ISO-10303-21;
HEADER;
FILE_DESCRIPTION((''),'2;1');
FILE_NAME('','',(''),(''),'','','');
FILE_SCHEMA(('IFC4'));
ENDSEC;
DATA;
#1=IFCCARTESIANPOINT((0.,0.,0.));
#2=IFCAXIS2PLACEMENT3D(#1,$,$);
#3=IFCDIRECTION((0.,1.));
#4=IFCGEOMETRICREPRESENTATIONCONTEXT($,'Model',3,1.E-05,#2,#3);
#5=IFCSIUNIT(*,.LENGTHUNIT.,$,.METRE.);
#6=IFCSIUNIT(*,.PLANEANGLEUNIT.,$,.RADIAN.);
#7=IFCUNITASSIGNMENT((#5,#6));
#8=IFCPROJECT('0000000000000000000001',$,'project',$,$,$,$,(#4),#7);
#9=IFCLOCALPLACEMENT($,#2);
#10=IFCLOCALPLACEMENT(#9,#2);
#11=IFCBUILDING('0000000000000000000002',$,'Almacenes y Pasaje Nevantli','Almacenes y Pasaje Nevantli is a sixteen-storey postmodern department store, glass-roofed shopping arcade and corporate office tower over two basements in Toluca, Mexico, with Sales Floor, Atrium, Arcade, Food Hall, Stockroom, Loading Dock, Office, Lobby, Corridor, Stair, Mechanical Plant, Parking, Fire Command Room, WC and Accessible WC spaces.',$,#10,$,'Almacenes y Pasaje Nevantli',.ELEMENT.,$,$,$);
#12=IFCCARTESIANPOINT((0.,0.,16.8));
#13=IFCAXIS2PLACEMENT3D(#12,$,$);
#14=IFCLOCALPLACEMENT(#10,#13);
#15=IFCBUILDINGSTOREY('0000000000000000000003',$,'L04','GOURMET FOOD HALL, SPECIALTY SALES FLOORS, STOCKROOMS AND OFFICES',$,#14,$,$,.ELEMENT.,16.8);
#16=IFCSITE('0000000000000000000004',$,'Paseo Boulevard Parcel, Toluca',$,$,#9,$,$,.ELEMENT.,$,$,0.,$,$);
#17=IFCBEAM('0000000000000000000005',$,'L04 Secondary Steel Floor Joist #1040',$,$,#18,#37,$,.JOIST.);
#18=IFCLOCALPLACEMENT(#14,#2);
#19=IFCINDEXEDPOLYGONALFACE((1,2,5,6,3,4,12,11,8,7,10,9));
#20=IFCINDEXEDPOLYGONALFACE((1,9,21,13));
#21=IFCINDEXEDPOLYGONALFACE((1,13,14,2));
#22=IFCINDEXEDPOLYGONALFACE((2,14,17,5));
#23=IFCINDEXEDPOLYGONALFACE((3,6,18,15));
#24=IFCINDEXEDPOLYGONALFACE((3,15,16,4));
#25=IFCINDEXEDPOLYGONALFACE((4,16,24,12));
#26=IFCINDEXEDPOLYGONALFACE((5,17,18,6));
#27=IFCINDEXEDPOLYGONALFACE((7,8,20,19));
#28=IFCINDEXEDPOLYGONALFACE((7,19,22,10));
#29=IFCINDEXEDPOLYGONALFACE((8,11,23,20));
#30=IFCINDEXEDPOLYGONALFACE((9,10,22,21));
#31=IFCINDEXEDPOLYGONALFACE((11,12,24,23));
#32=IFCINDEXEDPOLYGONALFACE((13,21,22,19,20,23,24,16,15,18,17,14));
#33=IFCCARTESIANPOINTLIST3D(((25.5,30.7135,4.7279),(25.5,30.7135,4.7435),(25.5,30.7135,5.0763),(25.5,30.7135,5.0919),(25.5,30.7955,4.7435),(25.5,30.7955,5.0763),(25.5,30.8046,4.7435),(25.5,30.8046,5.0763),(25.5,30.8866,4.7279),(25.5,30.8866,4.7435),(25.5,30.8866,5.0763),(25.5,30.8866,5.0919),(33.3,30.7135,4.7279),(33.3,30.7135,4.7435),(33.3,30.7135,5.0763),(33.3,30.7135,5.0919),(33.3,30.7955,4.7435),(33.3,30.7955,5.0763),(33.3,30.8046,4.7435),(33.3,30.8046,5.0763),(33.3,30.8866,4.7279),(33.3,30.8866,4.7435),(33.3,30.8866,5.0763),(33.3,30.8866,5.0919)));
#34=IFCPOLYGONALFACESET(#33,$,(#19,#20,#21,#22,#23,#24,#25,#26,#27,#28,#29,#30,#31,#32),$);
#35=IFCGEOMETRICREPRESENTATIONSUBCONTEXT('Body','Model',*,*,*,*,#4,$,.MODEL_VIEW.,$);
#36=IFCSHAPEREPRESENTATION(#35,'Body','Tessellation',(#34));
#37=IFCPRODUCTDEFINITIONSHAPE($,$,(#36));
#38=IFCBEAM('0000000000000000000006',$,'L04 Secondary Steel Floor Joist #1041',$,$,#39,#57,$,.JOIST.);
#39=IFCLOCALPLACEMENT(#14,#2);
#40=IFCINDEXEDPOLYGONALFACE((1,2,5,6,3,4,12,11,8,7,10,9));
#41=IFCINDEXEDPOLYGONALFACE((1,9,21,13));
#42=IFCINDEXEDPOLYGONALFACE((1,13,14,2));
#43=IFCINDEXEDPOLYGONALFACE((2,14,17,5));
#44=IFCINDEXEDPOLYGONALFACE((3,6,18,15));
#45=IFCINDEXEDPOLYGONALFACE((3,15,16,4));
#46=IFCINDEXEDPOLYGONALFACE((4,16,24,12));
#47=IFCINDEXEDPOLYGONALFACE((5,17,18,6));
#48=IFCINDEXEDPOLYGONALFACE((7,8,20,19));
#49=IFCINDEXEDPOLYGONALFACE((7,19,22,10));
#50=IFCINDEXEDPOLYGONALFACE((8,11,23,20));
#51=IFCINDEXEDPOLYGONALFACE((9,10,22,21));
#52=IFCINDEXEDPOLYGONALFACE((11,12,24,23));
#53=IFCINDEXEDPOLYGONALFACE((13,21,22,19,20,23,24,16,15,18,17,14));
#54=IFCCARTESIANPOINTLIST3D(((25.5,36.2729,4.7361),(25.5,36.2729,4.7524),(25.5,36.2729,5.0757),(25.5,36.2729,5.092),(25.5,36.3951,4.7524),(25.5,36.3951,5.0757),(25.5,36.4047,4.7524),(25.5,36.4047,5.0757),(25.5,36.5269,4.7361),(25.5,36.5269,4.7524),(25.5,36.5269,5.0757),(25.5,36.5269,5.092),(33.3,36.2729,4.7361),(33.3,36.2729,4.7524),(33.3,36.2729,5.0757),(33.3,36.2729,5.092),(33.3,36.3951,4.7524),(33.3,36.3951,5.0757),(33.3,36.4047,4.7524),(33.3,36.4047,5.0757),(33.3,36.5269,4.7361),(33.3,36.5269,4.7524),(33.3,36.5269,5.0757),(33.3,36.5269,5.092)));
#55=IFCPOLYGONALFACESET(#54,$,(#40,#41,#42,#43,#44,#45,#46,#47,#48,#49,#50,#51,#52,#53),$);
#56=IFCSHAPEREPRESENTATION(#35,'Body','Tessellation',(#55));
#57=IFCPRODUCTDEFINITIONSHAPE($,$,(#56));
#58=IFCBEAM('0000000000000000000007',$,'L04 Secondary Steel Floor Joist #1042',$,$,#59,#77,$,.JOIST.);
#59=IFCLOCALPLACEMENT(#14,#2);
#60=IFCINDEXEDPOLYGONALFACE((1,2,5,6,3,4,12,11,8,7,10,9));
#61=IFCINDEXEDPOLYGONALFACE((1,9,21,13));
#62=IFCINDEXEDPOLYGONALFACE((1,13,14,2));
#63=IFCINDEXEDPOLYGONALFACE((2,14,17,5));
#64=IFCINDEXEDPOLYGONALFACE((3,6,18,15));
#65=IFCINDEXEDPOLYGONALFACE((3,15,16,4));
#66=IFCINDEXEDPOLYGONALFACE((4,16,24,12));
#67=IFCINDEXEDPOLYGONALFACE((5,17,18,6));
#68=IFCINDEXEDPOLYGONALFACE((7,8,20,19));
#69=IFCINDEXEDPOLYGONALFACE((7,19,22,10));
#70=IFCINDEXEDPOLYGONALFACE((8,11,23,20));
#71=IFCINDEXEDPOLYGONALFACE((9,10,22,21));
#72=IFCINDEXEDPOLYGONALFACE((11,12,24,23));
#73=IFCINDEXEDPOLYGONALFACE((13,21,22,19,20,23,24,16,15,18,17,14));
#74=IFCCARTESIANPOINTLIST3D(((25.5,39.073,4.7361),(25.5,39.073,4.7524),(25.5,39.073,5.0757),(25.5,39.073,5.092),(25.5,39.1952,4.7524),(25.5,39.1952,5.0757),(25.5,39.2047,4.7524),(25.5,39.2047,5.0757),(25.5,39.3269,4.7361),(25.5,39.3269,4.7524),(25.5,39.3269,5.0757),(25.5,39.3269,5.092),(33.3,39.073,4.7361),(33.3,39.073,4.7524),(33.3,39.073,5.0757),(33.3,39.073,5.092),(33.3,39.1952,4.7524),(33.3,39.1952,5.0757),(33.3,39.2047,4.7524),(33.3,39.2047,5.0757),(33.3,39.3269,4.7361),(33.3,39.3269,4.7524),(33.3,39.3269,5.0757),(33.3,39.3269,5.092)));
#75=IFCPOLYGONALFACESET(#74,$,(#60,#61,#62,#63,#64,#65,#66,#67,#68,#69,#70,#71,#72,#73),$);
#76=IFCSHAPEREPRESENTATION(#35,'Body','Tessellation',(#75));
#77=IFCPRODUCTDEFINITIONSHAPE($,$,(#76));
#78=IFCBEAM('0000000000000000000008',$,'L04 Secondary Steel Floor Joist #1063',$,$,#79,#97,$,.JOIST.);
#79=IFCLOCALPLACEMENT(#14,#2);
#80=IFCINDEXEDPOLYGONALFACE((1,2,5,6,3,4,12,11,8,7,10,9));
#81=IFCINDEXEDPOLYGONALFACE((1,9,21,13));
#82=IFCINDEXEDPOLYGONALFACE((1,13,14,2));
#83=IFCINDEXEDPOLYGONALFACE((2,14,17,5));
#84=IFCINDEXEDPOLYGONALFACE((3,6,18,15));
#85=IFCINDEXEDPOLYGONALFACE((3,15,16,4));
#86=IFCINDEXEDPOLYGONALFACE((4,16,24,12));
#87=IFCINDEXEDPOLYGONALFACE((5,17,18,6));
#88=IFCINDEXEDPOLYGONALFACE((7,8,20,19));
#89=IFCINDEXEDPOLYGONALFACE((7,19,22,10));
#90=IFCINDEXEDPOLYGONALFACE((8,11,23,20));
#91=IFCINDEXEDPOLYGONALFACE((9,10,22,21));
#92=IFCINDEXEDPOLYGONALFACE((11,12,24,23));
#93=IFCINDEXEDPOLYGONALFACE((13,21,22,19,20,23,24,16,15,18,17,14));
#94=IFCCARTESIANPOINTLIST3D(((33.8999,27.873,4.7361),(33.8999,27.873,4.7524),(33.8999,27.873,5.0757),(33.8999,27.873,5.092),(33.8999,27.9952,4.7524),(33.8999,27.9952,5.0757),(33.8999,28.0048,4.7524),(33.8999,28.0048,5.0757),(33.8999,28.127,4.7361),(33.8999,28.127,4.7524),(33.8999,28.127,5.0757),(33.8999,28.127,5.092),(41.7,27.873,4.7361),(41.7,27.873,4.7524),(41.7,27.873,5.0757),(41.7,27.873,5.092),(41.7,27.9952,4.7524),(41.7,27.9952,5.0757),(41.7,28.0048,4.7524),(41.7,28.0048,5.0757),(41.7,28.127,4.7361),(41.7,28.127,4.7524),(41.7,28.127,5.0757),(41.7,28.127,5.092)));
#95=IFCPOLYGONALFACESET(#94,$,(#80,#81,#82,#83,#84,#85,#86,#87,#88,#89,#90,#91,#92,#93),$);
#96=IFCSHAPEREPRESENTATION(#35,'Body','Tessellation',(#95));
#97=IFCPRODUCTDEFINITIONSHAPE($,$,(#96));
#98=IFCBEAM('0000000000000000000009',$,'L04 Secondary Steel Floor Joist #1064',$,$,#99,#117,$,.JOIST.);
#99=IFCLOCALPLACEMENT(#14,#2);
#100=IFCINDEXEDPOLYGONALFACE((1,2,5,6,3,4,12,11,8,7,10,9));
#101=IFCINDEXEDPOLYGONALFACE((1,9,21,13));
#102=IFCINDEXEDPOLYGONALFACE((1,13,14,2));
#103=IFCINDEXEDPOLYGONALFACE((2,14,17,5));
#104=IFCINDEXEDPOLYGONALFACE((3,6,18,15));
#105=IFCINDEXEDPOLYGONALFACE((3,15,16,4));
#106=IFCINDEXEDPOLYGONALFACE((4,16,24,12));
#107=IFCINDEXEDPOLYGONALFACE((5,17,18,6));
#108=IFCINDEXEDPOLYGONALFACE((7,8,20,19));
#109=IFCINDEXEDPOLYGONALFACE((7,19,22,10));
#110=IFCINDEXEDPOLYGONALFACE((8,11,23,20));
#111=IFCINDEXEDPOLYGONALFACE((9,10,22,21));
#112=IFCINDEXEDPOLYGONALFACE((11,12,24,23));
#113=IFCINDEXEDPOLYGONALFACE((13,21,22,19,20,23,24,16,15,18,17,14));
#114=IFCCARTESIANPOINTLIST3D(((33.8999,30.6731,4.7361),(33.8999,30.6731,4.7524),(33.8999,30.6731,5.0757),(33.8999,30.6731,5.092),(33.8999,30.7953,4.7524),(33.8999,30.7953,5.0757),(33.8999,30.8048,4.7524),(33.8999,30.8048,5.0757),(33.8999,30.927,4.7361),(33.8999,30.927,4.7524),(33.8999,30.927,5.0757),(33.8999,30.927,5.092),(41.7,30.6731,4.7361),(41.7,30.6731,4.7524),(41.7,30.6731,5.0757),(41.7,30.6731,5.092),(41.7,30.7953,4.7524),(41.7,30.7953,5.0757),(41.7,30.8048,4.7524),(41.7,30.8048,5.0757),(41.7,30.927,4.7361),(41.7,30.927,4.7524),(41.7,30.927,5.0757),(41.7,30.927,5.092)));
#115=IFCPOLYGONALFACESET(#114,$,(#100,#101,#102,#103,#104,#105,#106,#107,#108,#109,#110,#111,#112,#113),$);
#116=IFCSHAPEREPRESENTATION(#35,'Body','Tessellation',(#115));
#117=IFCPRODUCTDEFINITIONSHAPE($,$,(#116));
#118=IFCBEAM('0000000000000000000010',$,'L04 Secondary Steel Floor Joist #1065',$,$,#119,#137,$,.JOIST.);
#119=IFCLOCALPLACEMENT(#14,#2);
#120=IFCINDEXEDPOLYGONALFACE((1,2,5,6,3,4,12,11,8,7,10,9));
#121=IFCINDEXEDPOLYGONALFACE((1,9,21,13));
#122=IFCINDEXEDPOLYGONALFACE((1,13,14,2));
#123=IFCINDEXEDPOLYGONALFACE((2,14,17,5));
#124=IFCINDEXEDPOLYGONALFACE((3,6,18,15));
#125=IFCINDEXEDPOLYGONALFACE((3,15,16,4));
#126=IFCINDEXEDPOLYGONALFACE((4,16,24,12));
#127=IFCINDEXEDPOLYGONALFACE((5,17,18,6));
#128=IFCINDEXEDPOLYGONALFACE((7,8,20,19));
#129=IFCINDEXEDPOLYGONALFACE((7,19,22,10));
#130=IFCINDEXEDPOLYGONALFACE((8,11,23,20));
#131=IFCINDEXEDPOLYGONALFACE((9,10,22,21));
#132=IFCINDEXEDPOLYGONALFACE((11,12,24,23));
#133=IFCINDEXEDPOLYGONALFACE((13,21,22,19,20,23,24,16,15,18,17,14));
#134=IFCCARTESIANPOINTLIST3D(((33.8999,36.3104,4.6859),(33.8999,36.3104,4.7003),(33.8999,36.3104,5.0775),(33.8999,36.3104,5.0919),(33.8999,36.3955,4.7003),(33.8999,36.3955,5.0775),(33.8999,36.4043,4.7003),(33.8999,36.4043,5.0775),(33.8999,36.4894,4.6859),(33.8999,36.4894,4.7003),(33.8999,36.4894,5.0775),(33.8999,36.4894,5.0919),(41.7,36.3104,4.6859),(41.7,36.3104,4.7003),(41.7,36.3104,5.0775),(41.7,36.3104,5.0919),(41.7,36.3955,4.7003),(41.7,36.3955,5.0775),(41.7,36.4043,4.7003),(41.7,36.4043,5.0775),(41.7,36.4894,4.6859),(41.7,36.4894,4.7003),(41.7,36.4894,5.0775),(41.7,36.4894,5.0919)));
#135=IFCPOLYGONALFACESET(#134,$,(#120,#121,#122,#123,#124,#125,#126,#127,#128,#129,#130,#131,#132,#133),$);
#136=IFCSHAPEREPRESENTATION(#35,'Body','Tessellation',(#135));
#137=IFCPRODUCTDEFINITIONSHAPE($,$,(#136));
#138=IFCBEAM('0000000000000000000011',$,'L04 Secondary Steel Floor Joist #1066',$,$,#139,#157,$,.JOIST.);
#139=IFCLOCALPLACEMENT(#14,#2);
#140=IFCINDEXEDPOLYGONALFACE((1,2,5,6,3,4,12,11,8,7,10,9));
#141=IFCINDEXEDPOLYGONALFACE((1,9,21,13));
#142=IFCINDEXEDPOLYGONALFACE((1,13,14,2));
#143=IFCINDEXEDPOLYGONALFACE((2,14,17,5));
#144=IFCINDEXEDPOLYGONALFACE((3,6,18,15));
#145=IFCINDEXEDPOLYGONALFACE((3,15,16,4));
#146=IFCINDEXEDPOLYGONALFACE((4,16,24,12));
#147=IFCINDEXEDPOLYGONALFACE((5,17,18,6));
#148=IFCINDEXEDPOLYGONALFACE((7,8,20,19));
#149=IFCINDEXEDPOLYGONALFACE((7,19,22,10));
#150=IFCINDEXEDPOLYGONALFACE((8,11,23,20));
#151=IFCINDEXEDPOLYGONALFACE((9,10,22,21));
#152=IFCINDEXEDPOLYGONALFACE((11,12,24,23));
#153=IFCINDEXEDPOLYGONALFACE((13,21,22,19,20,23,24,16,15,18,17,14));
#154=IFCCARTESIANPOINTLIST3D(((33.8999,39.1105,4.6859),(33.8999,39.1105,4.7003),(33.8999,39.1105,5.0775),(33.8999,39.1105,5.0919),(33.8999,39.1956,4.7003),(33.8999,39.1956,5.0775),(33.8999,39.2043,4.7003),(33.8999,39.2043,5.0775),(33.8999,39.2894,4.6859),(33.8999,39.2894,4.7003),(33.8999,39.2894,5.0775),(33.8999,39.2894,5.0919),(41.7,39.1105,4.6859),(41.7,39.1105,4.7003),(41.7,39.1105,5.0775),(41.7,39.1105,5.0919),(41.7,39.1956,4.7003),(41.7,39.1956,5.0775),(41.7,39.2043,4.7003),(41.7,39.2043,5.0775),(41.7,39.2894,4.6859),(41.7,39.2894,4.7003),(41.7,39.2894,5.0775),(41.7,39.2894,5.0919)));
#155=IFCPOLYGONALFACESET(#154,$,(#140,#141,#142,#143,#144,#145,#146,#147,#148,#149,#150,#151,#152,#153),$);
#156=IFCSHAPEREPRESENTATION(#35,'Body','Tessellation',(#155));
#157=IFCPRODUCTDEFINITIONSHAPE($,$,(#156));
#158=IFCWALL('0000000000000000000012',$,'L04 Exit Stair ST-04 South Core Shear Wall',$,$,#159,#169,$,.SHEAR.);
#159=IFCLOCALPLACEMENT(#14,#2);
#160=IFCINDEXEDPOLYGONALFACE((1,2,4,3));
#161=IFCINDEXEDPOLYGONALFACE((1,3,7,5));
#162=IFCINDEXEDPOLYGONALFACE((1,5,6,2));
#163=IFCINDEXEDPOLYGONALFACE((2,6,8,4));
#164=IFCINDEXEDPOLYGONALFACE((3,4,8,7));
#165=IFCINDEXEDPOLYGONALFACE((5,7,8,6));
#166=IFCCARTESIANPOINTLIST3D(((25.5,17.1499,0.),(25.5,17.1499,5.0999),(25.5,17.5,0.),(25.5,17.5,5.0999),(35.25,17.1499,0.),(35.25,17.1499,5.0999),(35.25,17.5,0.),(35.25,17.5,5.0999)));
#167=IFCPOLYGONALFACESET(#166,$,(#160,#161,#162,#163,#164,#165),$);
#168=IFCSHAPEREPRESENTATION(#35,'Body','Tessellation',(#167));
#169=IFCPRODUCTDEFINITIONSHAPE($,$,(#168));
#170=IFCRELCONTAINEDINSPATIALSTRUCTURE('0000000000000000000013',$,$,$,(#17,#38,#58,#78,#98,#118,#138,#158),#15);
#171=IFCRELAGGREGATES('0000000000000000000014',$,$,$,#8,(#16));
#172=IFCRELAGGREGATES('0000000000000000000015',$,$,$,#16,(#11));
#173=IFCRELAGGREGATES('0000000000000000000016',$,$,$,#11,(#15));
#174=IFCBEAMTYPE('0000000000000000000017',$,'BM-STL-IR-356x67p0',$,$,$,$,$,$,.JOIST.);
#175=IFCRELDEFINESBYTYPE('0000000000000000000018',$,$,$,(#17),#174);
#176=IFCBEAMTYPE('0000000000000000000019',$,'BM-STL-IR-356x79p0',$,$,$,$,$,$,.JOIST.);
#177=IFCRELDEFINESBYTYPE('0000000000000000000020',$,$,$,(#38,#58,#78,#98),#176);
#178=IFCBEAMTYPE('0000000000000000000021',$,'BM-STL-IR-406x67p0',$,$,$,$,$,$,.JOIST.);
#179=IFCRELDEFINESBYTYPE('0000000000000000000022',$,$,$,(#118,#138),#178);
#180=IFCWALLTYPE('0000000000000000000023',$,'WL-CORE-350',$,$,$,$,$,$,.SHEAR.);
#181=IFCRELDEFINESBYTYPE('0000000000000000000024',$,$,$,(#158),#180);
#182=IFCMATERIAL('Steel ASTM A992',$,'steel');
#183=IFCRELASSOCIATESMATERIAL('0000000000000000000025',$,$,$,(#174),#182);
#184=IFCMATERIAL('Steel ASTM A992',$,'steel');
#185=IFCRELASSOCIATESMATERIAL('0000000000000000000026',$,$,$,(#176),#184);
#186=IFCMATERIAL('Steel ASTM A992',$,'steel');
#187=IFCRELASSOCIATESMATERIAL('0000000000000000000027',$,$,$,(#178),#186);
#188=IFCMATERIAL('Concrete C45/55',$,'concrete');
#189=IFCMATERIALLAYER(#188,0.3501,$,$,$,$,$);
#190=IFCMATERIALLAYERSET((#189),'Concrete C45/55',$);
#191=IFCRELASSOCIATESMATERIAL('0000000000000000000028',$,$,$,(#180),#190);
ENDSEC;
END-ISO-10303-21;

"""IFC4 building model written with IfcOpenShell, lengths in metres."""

from ifc_helpers import new_model, si_unit, direction, frame, frame_2d, origin, origin_2d, place, context, subcontext, project, spatial, rectangle, i_section, extrude, material, layer, layer_set, material_profile, profile_set, type_object, element, save


model = new_model("IFC4")

# Units and contexts
model_context = context("Model", 3, precision=1e-05, world=origin(), true_north=direction((0.0, 1.0)))
body_context = subcontext(model_context, "Body", "Model", "MODEL_VIEW")
ifc_project = project(units=[si_unit("LENGTHUNIT", "METRE"), si_unit("PLANEANGLEUNIT", "RADIAN")], contexts=[model_context])

# Site, building, storey
site_placement = place(None, origin())
site = spatial("IfcSite", under=ifc_project, at=site_placement, Name="Paseo Boulevard Parcel, Toluca", CompositionType="ELEMENT", RefElevation=0.0)
building_placement = place(site_placement, origin())
building = spatial("IfcBuilding", under=site, at=building_placement, Name="Almacenes y Pasaje Nevantli", Description="Almacenes y Pasaje Nevantli is a sixteen-storey postmodern department store, glass-roofed shopping arcade and corporate office tower over two basements in Toluca, Mexico, with Sales Floor, Atrium, Arcade, Food Hall, Stockroom, Loading Dock, Office, Lobby, Corridor, Stair, Mechanical Plant, Parking, Fire Command Room, WC and Accessible WC spaces.", LongName="Almacenes y Pasaje Nevantli", CompositionType="ELEMENT")
storey_placement = place(building_placement, frame((0.0, 0.0, 16.8)))
storey = spatial("IfcBuildingStorey", under=building, at=storey_placement, Name="L04", Description="GOURMET FOOD HALL, SPECIALTY SALES FLOORS, STOCKROOMS AND OFFICES", CompositionType="ELEMENT", Elevation=16.8)

# Beams
ifc_material_1 = material(Name="Steel ASTM A992", Category="steel")
ifc_material_profile_1 = material_profile(ifc_material_1, i_section(OverallWidth=0.1731, OverallDepth=0.364, WebThickness=0.009, FlangeThickness=0.0156, at=origin_2d()), Name="IR 356x67.0")
ifc_profile_set_1 = profile_set([ifc_material_profile_1], Name="Steel ASTM A992")
beam_type_1 = type_object("IfcBeamType", Name="BM-STL-IR-356x67p0", PredefinedType="JOIST", material=ifc_profile_set_1)
for number, where, z_axis, x_axis, name in (
    (1, (25.5, 30.8, 4.9099), (1.0, 0.0, 0.0), (0.0, 1.0, 0.0), "L04 Secondary Steel Floor Joist #1040"),
):
    element("IfcBeam", number, at=place(storey_placement, frame(where, z_axis=z_axis, x_axis=x_axis)), inside=storey, type_object=beam_type_1, Name=name, PredefinedType="JOIST", context=body_context, shape_type="SweptSolid", body=[
        extrude(i_section(OverallWidth=0.1731, OverallDepth=0.364, WebThickness=0.009, FlangeThickness=0.0156, at=origin_2d()), origin(), (0.0, 0.0, 1.0), 7.8),
    ])
ifc_material_2 = material(Name="Steel ASTM A992", Category="steel")
ifc_material_profile_2 = material_profile(ifc_material_2, i_section(OverallWidth=0.2539, OverallDepth=0.356, WebThickness=0.0095, FlangeThickness=0.0164, at=origin_2d()), Name="IR 356x79.0")
ifc_profile_set_2 = profile_set([ifc_material_profile_2], Name="Steel ASTM A992")
beam_type_2 = type_object("IfcBeamType", Name="BM-STL-IR-356x79p0", PredefinedType="JOIST", material=ifc_profile_set_2)
for number, where, z_axis, x_axis, name in (
    (2, (25.5, 36.3999, 4.9141), (1.0, 0.0, 0.0), (0.0, 1.0, 0.0), "L04 Secondary Steel Floor Joist #1041"),
    (3, (25.5, 39.2, 4.9141), (1.0, 0.0, 0.0), (0.0, 1.0, 0.0), "L04 Secondary Steel Floor Joist #1042"),
    (4, (33.8999, 28.0, 4.9141), (1.0, 0.0, 0.0), (0.0, 1.0, 0.0), "L04 Secondary Steel Floor Joist #1063"),
    (5, (33.8999, 30.8, 4.9141), (1.0, 0.0, 0.0), (0.0, 1.0, 0.0), "L04 Secondary Steel Floor Joist #1064"),
):
    element("IfcBeam", number, at=place(storey_placement, frame(where, z_axis=z_axis, x_axis=x_axis)), inside=storey, type_object=beam_type_2, Name=name, PredefinedType="JOIST", context=body_context, shape_type="SweptSolid", body=[
        extrude(i_section(OverallWidth=0.2539, OverallDepth=0.356, WebThickness=0.0095, FlangeThickness=0.0164, at=origin_2d()), origin(), (0.0, 0.0, 1.0), 7.8),
    ])
ifc_material_3 = material(Name="Steel ASTM A992", Category="steel")
ifc_material_profile_3 = material_profile(ifc_material_3, i_section(OverallWidth=0.179, OverallDepth=0.406, WebThickness=0.0088, FlangeThickness=0.0144, at=origin_2d()), Name="IR 406x67.0")
ifc_profile_set_3 = profile_set([ifc_material_profile_3], Name="Steel ASTM A992")
beam_type_3 = type_object("IfcBeamType", Name="BM-STL-IR-406x67p0", PredefinedType="JOIST", material=ifc_profile_set_3)
for number, where, z_axis, x_axis, name in (
    (6, (33.8999, 36.3999, 4.8889), (1.0, 0.0, 0.0), (0.0, 1.0, 0.0), "L04 Secondary Steel Floor Joist #1065"),
    (7, (33.8999, 39.2, 4.8889), (1.0, 0.0, 0.0), (0.0, 1.0, 0.0), "L04 Secondary Steel Floor Joist #1066"),
):
    element("IfcBeam", number, at=place(storey_placement, frame(where, z_axis=z_axis, x_axis=x_axis)), inside=storey, type_object=beam_type_3, Name=name, PredefinedType="JOIST", context=body_context, shape_type="SweptSolid", body=[
        extrude(i_section(OverallWidth=0.179, OverallDepth=0.406, WebThickness=0.0088, FlangeThickness=0.0144, at=origin_2d()), origin(), (0.0, 0.0, 1.0), 7.8),
    ])

# Wall
ifc_material_4 = material(Name="Concrete C45/55", Category="concrete")
ifc_layer_1 = layer(ifc_material_4, 0.3501)
ifc_layer_set_1 = layer_set([ifc_layer_1], Name="Concrete C45/55")
wall_type = type_object("IfcWallType", Name="WL-CORE-350", PredefinedType="SHEAR", material=ifc_layer_set_1)
wall_1_placement = place(storey_placement, frame((25.5, 17.325, 0.0), z_axis=(0.0, 0.0, 1.0), x_axis=(1.0, 0.0, 0.0)))
element("IfcWall", 8, at=wall_1_placement, inside=storey, type_object=wall_type, Name="L04 Exit Stair ST-04 South Core Shear Wall", PredefinedType="SHEAR", context=body_context, shape_type="SweptSolid", body=[
    extrude(rectangle(XDim=9.75, YDim=0.3501, at=frame_2d((4.875, 0.0))), origin(), (0.0, 0.0, 1.0), 5.0999),
])

save(model, "model.ifc")
